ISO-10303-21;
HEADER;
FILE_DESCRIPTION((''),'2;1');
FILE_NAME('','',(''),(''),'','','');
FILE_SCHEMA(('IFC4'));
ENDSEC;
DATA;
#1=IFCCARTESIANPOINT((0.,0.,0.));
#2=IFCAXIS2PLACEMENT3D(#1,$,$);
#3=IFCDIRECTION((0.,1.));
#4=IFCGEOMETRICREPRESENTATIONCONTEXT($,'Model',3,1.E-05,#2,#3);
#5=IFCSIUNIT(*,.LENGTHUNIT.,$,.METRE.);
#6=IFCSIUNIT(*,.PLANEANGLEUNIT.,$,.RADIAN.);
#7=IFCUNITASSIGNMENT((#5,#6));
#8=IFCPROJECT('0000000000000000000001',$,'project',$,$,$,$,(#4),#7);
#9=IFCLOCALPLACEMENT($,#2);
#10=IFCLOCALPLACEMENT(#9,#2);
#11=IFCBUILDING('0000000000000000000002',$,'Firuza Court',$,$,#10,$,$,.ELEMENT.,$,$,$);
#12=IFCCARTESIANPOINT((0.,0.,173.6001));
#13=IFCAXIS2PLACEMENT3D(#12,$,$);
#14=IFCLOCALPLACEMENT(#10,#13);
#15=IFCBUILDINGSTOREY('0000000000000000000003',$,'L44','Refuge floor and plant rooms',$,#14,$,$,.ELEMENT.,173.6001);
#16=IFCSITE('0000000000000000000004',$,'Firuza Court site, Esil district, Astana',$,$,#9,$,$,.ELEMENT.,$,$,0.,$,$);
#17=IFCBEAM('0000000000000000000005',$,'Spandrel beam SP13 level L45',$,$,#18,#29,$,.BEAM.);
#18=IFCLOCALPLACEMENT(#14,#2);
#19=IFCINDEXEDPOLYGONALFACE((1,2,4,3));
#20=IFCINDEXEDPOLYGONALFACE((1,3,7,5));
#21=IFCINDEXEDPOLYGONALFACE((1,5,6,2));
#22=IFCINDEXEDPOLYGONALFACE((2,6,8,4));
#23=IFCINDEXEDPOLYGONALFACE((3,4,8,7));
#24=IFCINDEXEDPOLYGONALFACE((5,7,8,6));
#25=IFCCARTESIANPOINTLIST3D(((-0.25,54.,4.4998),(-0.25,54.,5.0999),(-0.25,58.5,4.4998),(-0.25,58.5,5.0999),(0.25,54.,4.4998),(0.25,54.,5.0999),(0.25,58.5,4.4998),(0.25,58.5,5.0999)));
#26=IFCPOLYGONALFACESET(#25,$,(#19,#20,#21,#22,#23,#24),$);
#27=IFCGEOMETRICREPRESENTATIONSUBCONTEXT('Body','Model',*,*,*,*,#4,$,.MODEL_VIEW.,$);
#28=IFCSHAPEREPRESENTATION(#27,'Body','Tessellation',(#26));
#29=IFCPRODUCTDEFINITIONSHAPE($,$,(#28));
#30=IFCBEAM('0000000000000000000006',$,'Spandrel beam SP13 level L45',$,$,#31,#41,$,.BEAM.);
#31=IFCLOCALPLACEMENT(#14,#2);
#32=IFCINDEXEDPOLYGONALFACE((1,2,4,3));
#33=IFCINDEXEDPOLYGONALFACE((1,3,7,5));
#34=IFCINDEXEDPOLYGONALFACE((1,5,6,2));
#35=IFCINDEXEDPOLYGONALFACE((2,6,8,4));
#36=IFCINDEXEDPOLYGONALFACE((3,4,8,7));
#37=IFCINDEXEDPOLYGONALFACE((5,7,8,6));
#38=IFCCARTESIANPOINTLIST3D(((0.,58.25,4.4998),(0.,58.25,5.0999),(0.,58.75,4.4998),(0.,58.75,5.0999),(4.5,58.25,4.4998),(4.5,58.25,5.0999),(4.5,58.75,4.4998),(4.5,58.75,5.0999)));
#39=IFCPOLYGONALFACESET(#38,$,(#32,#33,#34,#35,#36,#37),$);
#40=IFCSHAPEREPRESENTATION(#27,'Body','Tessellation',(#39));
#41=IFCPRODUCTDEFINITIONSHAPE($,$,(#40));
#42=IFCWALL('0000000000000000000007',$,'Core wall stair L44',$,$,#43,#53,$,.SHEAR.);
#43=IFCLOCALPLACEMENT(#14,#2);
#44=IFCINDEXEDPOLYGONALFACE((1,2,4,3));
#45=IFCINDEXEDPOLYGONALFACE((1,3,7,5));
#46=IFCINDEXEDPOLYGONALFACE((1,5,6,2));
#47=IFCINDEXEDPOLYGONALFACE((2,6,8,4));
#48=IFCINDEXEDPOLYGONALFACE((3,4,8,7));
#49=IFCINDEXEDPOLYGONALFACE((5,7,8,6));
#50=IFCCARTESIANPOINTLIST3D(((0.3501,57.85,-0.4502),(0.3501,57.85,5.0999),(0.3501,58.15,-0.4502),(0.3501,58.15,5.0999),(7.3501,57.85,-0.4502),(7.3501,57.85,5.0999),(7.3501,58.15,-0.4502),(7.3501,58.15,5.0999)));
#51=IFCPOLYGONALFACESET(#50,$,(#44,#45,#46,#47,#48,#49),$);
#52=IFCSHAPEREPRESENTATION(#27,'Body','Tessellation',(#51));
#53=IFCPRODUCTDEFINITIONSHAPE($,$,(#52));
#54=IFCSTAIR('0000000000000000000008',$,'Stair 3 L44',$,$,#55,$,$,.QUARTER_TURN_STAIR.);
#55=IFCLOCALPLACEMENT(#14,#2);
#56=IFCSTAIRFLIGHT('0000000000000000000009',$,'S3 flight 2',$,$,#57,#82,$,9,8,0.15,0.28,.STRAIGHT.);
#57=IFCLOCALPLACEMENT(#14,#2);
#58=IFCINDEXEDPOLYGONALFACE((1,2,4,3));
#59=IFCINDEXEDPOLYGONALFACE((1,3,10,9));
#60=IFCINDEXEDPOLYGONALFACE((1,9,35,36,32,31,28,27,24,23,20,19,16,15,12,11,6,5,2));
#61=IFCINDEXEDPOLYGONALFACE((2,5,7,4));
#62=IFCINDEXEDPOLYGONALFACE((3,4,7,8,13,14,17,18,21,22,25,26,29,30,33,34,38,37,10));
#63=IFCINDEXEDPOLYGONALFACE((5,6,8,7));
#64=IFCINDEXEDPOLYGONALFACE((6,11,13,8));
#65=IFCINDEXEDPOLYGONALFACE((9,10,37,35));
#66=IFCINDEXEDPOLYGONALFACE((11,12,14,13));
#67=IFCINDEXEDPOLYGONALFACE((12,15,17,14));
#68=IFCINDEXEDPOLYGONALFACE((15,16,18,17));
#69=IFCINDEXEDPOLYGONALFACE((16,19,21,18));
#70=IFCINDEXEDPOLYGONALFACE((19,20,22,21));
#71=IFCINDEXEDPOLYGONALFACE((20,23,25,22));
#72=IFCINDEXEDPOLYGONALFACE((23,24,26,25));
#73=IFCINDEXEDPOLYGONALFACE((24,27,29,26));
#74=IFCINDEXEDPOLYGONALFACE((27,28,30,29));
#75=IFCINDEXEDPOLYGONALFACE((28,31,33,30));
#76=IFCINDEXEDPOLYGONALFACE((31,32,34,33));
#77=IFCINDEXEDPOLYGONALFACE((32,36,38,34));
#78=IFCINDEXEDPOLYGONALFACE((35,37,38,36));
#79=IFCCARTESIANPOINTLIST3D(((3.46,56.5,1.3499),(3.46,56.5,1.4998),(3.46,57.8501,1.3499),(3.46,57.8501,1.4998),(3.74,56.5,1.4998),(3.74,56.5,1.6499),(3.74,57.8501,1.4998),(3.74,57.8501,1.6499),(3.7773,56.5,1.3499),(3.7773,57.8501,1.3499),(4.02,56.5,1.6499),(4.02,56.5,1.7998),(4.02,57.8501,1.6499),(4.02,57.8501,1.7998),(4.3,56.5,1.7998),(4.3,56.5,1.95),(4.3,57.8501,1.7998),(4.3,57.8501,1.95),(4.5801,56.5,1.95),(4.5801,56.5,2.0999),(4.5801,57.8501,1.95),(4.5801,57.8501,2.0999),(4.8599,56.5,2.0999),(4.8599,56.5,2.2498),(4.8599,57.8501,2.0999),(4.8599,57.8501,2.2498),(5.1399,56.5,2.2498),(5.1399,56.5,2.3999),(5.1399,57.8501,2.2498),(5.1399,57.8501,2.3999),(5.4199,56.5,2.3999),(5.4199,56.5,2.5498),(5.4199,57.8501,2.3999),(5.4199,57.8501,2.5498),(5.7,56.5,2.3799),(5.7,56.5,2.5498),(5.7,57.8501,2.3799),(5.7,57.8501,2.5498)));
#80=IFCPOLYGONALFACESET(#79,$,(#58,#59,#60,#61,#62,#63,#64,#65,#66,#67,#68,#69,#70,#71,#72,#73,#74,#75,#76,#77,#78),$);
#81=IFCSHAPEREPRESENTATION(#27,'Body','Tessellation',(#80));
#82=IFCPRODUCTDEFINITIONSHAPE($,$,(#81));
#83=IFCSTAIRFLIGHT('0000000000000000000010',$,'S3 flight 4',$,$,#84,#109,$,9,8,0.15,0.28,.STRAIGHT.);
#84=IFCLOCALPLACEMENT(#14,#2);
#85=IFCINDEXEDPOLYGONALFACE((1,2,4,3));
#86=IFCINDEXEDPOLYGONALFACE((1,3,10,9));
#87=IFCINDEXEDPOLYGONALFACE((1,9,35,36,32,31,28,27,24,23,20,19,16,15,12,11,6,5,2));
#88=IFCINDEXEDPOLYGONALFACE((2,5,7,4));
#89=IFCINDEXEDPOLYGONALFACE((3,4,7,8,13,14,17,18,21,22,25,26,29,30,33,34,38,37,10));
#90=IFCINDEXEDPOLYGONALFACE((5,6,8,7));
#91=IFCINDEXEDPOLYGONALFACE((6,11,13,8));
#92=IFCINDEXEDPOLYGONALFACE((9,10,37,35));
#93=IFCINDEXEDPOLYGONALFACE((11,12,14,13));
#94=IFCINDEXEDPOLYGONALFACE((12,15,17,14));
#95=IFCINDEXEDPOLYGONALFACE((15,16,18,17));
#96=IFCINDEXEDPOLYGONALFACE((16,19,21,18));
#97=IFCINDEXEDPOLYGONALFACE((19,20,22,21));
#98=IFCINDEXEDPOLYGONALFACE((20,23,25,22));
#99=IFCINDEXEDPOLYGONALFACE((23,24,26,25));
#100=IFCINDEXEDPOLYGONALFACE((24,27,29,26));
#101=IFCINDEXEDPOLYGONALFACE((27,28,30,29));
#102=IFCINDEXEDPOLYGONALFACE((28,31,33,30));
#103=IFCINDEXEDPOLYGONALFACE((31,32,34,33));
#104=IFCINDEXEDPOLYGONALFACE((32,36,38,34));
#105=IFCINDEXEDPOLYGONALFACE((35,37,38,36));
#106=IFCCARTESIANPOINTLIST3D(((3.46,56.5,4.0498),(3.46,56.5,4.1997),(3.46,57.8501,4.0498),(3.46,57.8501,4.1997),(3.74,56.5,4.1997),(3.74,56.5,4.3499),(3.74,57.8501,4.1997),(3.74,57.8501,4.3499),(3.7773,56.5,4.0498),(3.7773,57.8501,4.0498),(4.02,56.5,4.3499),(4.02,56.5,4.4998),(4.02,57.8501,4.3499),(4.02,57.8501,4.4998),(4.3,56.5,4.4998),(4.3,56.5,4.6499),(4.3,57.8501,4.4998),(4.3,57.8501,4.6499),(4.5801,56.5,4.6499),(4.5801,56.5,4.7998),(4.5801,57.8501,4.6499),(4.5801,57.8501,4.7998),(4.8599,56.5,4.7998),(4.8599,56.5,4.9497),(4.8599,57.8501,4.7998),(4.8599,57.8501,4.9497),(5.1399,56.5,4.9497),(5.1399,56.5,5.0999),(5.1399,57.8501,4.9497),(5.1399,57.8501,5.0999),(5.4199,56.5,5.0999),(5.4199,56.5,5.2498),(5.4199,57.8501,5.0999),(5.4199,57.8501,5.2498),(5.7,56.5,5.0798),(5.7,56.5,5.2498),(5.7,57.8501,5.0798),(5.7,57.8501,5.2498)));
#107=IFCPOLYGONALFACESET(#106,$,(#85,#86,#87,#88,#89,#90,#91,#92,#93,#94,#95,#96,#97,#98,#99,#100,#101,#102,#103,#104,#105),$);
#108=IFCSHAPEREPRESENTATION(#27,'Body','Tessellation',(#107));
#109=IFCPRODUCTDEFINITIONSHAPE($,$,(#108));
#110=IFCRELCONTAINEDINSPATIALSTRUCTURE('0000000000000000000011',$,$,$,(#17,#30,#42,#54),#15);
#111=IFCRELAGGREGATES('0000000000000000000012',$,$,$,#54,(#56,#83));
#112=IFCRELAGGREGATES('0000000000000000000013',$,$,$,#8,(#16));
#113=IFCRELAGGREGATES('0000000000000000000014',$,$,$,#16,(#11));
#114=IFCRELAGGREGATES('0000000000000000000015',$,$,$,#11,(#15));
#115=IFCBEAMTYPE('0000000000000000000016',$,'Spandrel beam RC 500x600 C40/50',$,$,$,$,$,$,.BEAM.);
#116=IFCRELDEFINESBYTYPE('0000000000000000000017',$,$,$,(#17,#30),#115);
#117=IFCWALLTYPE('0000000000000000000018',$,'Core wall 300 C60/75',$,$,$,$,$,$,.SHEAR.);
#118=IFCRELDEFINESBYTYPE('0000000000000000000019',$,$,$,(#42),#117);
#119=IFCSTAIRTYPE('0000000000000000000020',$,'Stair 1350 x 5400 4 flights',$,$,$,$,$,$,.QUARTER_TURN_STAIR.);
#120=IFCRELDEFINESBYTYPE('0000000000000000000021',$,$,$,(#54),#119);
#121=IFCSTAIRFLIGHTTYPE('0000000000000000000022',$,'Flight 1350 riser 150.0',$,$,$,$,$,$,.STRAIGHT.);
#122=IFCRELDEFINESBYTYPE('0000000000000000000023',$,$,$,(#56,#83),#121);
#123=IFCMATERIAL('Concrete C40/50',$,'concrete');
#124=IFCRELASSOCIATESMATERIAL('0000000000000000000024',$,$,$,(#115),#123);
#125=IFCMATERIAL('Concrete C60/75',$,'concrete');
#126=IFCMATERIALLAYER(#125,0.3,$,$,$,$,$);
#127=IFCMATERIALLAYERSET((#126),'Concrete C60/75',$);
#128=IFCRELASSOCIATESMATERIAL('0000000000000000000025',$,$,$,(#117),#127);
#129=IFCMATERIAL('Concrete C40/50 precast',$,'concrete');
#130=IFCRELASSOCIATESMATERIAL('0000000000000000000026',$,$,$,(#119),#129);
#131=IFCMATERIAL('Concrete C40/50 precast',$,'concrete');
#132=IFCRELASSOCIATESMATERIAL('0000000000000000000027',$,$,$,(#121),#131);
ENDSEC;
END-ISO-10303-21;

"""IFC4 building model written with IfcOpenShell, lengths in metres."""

from ifc_helpers import new_model, si_unit, direction, frame, frame_2d, origin, origin_2d, place, context, subcontext, project, spatial, polyline, rectangle, outline, extrude, material, layer, layer_set, material_profile, profile_set, type_object, element, aggregate, save


model = new_model("IFC4")

# Units and contexts
model_context = context("Model", 3, precision=1e-05, world=origin(), true_north=direction((0.0, 1.0)))
body_context = subcontext(model_context, "Body", "Model", "MODEL_VIEW")
ifc_project = project(units=[si_unit("LENGTHUNIT", "METRE"), si_unit("PLANEANGLEUNIT", "RADIAN")], contexts=[model_context])

# Site, building, storey
site_placement = place(None, origin())
site = spatial("IfcSite", under=ifc_project, at=site_placement, Name="Firuza Court site, Esil district, Astana", CompositionType="ELEMENT", RefElevation=0.0)
building_placement = place(site_placement, origin())
building = spatial("IfcBuilding", under=site, at=building_placement, Name="Firuza Court", CompositionType="ELEMENT")
storey_placement = place(building_placement, frame((0.0, 0.0, 173.6001)))
storey = spatial("IfcBuildingStorey", under=building, at=storey_placement, Name="L44", Description="Refuge floor and plant rooms", CompositionType="ELEMENT", Elevation=173.6001)

# Beams
ifc_material_1 = material(Name="Concrete C40/50", Category="concrete")
ifc_material_profile_1 = material_profile(ifc_material_1, rectangle(XDim=0.5, YDim=0.6001, at=origin_2d()), Name="RC 500x600")
ifc_profile_set_1 = profile_set([ifc_material_profile_1], Name="Concrete C40/50")
beam_type = type_object("IfcBeamType", Name="Spandrel beam RC 500x600 C40/50", PredefinedType="BEAM", material=ifc_profile_set_1)
for number, where, z_axis, x_axis, name in (
    (1, (0.0, 58.5, 4.7998), (0.0, -1.0, 0.0), (1.0, 0.0, 0.0), "Spandrel beam SP13 level L45"),
    (2, (4.5, 58.5, 4.7998), (-1.0, 0.0, 0.0), (0.0, -1.0, 0.0), "Spandrel beam SP13 level L45"),
):
    element("IfcBeam", number, at=place(storey_placement, frame(where, z_axis=z_axis, x_axis=x_axis)), inside=storey, type_object=beam_type, Name=name, PredefinedType="BEAM", context=body_context, shape_type="SweptSolid", body=[
        extrude(rectangle(XDim=0.5, YDim=0.6001, at=origin_2d()), origin(), (0.0, 0.0, 1.0), 4.5),
    ])

# Wall
ifc_material_2 = material(Name="Concrete C60/75", Category="concrete")
ifc_layer_1 = layer(ifc_material_2, 0.3)
ifc_layer_set_1 = layer_set([ifc_layer_1], Name="Concrete C60/75")
wall_type_1 = type_object("IfcWallType", Name="Core wall 300 C60/75", PredefinedType="SHEAR", material=ifc_layer_set_1)
wall_1_placement = place(storey_placement, frame((0.3501, 58.0, -0.4502), z_axis=(0.0, 0.0, 1.0), x_axis=(1.0, 0.0, 0.0)))
element("IfcWall", 3, at=wall_1_placement, inside=storey, type_object=wall_type_1, Name="Core wall stair L44", PredefinedType="SHEAR", context=body_context, shape_type="SweptSolid", body=[
    extrude(rectangle(XDim=7.0, YDim=0.3, at=frame_2d((3.5, 0.0))), origin(), (0.0, 0.0, 1.0), 5.55),
])

# Stair, stair flights
ifc_material_3 = material(Name="Concrete C40/50 precast", Category="concrete")
stair_type = type_object("IfcStairType", Name="Stair 1350 x 5400 4 flights", PredefinedType="QUARTER_TURN_STAIR", material=ifc_material_3)
stair_placement = place(storey_placement, origin())
stair = element("IfcStair", 4, at=stair_placement, inside=storey, type_object=stair_type, Name="Stair 3 L44", PredefinedType="QUARTER_TURN_STAIR")
ifc_material_4 = material(Name="Concrete C40/50 precast", Category="concrete")
stair_flight_type = type_object("IfcStairFlightType", Name="Flight 1350 riser 150.0", PredefinedType="STRAIGHT", material=ifc_material_4)
stair_flight_1_placement = place(storey_placement, frame((3.46, 57.175, 1.3499), z_axis=(0.0, 0.0, 1.0), x_axis=(1.0, 0.0, 0.0)))
stair_flight_1 = element("IfcStairFlight", 5, at=stair_flight_1_placement, type_object=stair_flight_type, Name="S3 flight 2", NumberOfRisers=9, NumberOfTreads=8, PredefinedType="STRAIGHT", RiserHeight=0.15, TreadLength=0.28, context=body_context, shape_type="SweptSolid", body=[
    extrude(outline(polyline([(0.0, 0.0), (0.0, 0.1499), (0.28, 0.1499), (0.28, 0.3), (0.5601, 0.3), (0.5601, 0.45), (0.8401, 0.45), (0.8401, 0.6001), (1.1201, 0.6001), (1.1201, 0.75), (1.3999, 0.75), (1.3999, 0.8999), (1.6799, 0.8999), (1.6799, 1.05), (1.96, 1.05), (1.96, 1.2), (2.24, 1.2), (2.24, 1.3501), (2.24, 1.03), (0.3174, 0.0), (0.0, 0.0)])), frame((0.0, 0.675, 0.0), z_axis=(0.0, -1.0, 0.0), x_axis=(1.0, 0.0, 0.0)), (0.0, 0.0, 1.0), 1.3501),
])
stair_flight_2_placement = place(storey_placement, frame((3.46, 57.175, 4.0498), z_axis=(0.0, 0.0, 1.0), x_axis=(1.0, 0.0, 0.0)))
stair_flight_2 = element("IfcStairFlight", 6, at=stair_flight_2_placement, type_object=stair_flight_type, Name="S3 flight 4", NumberOfRisers=9, NumberOfTreads=8, PredefinedType="STRAIGHT", RiserHeight=0.15, TreadLength=0.28, context=body_context, shape_type="SweptSolid", body=[
    extrude(outline(polyline([(0.0, 0.0), (0.0, 0.1499), (0.28, 0.1499), (0.28, 0.3), (0.5601, 0.3), (0.5601, 0.45), (0.8401, 0.45), (0.8401, 0.6001), (1.1201, 0.6001), (1.1201, 0.75), (1.3999, 0.75), (1.3999, 0.8999), (1.6799, 0.8999), (1.6799, 1.05), (1.96, 1.05), (1.96, 1.2), (2.24, 1.2), (2.24, 1.3501), (2.24, 1.03), (0.3174, 0.0), (0.0, 0.0)])), frame((0.0, 0.675, 0.0), z_axis=(0.0, -1.0, 0.0), x_axis=(1.0, 0.0, 0.0)), (0.0, 0.0, 1.0), 1.3501),
])
aggregate(stair, [stair_flight_1, stair_flight_2])

save(model, "model.ifc")
